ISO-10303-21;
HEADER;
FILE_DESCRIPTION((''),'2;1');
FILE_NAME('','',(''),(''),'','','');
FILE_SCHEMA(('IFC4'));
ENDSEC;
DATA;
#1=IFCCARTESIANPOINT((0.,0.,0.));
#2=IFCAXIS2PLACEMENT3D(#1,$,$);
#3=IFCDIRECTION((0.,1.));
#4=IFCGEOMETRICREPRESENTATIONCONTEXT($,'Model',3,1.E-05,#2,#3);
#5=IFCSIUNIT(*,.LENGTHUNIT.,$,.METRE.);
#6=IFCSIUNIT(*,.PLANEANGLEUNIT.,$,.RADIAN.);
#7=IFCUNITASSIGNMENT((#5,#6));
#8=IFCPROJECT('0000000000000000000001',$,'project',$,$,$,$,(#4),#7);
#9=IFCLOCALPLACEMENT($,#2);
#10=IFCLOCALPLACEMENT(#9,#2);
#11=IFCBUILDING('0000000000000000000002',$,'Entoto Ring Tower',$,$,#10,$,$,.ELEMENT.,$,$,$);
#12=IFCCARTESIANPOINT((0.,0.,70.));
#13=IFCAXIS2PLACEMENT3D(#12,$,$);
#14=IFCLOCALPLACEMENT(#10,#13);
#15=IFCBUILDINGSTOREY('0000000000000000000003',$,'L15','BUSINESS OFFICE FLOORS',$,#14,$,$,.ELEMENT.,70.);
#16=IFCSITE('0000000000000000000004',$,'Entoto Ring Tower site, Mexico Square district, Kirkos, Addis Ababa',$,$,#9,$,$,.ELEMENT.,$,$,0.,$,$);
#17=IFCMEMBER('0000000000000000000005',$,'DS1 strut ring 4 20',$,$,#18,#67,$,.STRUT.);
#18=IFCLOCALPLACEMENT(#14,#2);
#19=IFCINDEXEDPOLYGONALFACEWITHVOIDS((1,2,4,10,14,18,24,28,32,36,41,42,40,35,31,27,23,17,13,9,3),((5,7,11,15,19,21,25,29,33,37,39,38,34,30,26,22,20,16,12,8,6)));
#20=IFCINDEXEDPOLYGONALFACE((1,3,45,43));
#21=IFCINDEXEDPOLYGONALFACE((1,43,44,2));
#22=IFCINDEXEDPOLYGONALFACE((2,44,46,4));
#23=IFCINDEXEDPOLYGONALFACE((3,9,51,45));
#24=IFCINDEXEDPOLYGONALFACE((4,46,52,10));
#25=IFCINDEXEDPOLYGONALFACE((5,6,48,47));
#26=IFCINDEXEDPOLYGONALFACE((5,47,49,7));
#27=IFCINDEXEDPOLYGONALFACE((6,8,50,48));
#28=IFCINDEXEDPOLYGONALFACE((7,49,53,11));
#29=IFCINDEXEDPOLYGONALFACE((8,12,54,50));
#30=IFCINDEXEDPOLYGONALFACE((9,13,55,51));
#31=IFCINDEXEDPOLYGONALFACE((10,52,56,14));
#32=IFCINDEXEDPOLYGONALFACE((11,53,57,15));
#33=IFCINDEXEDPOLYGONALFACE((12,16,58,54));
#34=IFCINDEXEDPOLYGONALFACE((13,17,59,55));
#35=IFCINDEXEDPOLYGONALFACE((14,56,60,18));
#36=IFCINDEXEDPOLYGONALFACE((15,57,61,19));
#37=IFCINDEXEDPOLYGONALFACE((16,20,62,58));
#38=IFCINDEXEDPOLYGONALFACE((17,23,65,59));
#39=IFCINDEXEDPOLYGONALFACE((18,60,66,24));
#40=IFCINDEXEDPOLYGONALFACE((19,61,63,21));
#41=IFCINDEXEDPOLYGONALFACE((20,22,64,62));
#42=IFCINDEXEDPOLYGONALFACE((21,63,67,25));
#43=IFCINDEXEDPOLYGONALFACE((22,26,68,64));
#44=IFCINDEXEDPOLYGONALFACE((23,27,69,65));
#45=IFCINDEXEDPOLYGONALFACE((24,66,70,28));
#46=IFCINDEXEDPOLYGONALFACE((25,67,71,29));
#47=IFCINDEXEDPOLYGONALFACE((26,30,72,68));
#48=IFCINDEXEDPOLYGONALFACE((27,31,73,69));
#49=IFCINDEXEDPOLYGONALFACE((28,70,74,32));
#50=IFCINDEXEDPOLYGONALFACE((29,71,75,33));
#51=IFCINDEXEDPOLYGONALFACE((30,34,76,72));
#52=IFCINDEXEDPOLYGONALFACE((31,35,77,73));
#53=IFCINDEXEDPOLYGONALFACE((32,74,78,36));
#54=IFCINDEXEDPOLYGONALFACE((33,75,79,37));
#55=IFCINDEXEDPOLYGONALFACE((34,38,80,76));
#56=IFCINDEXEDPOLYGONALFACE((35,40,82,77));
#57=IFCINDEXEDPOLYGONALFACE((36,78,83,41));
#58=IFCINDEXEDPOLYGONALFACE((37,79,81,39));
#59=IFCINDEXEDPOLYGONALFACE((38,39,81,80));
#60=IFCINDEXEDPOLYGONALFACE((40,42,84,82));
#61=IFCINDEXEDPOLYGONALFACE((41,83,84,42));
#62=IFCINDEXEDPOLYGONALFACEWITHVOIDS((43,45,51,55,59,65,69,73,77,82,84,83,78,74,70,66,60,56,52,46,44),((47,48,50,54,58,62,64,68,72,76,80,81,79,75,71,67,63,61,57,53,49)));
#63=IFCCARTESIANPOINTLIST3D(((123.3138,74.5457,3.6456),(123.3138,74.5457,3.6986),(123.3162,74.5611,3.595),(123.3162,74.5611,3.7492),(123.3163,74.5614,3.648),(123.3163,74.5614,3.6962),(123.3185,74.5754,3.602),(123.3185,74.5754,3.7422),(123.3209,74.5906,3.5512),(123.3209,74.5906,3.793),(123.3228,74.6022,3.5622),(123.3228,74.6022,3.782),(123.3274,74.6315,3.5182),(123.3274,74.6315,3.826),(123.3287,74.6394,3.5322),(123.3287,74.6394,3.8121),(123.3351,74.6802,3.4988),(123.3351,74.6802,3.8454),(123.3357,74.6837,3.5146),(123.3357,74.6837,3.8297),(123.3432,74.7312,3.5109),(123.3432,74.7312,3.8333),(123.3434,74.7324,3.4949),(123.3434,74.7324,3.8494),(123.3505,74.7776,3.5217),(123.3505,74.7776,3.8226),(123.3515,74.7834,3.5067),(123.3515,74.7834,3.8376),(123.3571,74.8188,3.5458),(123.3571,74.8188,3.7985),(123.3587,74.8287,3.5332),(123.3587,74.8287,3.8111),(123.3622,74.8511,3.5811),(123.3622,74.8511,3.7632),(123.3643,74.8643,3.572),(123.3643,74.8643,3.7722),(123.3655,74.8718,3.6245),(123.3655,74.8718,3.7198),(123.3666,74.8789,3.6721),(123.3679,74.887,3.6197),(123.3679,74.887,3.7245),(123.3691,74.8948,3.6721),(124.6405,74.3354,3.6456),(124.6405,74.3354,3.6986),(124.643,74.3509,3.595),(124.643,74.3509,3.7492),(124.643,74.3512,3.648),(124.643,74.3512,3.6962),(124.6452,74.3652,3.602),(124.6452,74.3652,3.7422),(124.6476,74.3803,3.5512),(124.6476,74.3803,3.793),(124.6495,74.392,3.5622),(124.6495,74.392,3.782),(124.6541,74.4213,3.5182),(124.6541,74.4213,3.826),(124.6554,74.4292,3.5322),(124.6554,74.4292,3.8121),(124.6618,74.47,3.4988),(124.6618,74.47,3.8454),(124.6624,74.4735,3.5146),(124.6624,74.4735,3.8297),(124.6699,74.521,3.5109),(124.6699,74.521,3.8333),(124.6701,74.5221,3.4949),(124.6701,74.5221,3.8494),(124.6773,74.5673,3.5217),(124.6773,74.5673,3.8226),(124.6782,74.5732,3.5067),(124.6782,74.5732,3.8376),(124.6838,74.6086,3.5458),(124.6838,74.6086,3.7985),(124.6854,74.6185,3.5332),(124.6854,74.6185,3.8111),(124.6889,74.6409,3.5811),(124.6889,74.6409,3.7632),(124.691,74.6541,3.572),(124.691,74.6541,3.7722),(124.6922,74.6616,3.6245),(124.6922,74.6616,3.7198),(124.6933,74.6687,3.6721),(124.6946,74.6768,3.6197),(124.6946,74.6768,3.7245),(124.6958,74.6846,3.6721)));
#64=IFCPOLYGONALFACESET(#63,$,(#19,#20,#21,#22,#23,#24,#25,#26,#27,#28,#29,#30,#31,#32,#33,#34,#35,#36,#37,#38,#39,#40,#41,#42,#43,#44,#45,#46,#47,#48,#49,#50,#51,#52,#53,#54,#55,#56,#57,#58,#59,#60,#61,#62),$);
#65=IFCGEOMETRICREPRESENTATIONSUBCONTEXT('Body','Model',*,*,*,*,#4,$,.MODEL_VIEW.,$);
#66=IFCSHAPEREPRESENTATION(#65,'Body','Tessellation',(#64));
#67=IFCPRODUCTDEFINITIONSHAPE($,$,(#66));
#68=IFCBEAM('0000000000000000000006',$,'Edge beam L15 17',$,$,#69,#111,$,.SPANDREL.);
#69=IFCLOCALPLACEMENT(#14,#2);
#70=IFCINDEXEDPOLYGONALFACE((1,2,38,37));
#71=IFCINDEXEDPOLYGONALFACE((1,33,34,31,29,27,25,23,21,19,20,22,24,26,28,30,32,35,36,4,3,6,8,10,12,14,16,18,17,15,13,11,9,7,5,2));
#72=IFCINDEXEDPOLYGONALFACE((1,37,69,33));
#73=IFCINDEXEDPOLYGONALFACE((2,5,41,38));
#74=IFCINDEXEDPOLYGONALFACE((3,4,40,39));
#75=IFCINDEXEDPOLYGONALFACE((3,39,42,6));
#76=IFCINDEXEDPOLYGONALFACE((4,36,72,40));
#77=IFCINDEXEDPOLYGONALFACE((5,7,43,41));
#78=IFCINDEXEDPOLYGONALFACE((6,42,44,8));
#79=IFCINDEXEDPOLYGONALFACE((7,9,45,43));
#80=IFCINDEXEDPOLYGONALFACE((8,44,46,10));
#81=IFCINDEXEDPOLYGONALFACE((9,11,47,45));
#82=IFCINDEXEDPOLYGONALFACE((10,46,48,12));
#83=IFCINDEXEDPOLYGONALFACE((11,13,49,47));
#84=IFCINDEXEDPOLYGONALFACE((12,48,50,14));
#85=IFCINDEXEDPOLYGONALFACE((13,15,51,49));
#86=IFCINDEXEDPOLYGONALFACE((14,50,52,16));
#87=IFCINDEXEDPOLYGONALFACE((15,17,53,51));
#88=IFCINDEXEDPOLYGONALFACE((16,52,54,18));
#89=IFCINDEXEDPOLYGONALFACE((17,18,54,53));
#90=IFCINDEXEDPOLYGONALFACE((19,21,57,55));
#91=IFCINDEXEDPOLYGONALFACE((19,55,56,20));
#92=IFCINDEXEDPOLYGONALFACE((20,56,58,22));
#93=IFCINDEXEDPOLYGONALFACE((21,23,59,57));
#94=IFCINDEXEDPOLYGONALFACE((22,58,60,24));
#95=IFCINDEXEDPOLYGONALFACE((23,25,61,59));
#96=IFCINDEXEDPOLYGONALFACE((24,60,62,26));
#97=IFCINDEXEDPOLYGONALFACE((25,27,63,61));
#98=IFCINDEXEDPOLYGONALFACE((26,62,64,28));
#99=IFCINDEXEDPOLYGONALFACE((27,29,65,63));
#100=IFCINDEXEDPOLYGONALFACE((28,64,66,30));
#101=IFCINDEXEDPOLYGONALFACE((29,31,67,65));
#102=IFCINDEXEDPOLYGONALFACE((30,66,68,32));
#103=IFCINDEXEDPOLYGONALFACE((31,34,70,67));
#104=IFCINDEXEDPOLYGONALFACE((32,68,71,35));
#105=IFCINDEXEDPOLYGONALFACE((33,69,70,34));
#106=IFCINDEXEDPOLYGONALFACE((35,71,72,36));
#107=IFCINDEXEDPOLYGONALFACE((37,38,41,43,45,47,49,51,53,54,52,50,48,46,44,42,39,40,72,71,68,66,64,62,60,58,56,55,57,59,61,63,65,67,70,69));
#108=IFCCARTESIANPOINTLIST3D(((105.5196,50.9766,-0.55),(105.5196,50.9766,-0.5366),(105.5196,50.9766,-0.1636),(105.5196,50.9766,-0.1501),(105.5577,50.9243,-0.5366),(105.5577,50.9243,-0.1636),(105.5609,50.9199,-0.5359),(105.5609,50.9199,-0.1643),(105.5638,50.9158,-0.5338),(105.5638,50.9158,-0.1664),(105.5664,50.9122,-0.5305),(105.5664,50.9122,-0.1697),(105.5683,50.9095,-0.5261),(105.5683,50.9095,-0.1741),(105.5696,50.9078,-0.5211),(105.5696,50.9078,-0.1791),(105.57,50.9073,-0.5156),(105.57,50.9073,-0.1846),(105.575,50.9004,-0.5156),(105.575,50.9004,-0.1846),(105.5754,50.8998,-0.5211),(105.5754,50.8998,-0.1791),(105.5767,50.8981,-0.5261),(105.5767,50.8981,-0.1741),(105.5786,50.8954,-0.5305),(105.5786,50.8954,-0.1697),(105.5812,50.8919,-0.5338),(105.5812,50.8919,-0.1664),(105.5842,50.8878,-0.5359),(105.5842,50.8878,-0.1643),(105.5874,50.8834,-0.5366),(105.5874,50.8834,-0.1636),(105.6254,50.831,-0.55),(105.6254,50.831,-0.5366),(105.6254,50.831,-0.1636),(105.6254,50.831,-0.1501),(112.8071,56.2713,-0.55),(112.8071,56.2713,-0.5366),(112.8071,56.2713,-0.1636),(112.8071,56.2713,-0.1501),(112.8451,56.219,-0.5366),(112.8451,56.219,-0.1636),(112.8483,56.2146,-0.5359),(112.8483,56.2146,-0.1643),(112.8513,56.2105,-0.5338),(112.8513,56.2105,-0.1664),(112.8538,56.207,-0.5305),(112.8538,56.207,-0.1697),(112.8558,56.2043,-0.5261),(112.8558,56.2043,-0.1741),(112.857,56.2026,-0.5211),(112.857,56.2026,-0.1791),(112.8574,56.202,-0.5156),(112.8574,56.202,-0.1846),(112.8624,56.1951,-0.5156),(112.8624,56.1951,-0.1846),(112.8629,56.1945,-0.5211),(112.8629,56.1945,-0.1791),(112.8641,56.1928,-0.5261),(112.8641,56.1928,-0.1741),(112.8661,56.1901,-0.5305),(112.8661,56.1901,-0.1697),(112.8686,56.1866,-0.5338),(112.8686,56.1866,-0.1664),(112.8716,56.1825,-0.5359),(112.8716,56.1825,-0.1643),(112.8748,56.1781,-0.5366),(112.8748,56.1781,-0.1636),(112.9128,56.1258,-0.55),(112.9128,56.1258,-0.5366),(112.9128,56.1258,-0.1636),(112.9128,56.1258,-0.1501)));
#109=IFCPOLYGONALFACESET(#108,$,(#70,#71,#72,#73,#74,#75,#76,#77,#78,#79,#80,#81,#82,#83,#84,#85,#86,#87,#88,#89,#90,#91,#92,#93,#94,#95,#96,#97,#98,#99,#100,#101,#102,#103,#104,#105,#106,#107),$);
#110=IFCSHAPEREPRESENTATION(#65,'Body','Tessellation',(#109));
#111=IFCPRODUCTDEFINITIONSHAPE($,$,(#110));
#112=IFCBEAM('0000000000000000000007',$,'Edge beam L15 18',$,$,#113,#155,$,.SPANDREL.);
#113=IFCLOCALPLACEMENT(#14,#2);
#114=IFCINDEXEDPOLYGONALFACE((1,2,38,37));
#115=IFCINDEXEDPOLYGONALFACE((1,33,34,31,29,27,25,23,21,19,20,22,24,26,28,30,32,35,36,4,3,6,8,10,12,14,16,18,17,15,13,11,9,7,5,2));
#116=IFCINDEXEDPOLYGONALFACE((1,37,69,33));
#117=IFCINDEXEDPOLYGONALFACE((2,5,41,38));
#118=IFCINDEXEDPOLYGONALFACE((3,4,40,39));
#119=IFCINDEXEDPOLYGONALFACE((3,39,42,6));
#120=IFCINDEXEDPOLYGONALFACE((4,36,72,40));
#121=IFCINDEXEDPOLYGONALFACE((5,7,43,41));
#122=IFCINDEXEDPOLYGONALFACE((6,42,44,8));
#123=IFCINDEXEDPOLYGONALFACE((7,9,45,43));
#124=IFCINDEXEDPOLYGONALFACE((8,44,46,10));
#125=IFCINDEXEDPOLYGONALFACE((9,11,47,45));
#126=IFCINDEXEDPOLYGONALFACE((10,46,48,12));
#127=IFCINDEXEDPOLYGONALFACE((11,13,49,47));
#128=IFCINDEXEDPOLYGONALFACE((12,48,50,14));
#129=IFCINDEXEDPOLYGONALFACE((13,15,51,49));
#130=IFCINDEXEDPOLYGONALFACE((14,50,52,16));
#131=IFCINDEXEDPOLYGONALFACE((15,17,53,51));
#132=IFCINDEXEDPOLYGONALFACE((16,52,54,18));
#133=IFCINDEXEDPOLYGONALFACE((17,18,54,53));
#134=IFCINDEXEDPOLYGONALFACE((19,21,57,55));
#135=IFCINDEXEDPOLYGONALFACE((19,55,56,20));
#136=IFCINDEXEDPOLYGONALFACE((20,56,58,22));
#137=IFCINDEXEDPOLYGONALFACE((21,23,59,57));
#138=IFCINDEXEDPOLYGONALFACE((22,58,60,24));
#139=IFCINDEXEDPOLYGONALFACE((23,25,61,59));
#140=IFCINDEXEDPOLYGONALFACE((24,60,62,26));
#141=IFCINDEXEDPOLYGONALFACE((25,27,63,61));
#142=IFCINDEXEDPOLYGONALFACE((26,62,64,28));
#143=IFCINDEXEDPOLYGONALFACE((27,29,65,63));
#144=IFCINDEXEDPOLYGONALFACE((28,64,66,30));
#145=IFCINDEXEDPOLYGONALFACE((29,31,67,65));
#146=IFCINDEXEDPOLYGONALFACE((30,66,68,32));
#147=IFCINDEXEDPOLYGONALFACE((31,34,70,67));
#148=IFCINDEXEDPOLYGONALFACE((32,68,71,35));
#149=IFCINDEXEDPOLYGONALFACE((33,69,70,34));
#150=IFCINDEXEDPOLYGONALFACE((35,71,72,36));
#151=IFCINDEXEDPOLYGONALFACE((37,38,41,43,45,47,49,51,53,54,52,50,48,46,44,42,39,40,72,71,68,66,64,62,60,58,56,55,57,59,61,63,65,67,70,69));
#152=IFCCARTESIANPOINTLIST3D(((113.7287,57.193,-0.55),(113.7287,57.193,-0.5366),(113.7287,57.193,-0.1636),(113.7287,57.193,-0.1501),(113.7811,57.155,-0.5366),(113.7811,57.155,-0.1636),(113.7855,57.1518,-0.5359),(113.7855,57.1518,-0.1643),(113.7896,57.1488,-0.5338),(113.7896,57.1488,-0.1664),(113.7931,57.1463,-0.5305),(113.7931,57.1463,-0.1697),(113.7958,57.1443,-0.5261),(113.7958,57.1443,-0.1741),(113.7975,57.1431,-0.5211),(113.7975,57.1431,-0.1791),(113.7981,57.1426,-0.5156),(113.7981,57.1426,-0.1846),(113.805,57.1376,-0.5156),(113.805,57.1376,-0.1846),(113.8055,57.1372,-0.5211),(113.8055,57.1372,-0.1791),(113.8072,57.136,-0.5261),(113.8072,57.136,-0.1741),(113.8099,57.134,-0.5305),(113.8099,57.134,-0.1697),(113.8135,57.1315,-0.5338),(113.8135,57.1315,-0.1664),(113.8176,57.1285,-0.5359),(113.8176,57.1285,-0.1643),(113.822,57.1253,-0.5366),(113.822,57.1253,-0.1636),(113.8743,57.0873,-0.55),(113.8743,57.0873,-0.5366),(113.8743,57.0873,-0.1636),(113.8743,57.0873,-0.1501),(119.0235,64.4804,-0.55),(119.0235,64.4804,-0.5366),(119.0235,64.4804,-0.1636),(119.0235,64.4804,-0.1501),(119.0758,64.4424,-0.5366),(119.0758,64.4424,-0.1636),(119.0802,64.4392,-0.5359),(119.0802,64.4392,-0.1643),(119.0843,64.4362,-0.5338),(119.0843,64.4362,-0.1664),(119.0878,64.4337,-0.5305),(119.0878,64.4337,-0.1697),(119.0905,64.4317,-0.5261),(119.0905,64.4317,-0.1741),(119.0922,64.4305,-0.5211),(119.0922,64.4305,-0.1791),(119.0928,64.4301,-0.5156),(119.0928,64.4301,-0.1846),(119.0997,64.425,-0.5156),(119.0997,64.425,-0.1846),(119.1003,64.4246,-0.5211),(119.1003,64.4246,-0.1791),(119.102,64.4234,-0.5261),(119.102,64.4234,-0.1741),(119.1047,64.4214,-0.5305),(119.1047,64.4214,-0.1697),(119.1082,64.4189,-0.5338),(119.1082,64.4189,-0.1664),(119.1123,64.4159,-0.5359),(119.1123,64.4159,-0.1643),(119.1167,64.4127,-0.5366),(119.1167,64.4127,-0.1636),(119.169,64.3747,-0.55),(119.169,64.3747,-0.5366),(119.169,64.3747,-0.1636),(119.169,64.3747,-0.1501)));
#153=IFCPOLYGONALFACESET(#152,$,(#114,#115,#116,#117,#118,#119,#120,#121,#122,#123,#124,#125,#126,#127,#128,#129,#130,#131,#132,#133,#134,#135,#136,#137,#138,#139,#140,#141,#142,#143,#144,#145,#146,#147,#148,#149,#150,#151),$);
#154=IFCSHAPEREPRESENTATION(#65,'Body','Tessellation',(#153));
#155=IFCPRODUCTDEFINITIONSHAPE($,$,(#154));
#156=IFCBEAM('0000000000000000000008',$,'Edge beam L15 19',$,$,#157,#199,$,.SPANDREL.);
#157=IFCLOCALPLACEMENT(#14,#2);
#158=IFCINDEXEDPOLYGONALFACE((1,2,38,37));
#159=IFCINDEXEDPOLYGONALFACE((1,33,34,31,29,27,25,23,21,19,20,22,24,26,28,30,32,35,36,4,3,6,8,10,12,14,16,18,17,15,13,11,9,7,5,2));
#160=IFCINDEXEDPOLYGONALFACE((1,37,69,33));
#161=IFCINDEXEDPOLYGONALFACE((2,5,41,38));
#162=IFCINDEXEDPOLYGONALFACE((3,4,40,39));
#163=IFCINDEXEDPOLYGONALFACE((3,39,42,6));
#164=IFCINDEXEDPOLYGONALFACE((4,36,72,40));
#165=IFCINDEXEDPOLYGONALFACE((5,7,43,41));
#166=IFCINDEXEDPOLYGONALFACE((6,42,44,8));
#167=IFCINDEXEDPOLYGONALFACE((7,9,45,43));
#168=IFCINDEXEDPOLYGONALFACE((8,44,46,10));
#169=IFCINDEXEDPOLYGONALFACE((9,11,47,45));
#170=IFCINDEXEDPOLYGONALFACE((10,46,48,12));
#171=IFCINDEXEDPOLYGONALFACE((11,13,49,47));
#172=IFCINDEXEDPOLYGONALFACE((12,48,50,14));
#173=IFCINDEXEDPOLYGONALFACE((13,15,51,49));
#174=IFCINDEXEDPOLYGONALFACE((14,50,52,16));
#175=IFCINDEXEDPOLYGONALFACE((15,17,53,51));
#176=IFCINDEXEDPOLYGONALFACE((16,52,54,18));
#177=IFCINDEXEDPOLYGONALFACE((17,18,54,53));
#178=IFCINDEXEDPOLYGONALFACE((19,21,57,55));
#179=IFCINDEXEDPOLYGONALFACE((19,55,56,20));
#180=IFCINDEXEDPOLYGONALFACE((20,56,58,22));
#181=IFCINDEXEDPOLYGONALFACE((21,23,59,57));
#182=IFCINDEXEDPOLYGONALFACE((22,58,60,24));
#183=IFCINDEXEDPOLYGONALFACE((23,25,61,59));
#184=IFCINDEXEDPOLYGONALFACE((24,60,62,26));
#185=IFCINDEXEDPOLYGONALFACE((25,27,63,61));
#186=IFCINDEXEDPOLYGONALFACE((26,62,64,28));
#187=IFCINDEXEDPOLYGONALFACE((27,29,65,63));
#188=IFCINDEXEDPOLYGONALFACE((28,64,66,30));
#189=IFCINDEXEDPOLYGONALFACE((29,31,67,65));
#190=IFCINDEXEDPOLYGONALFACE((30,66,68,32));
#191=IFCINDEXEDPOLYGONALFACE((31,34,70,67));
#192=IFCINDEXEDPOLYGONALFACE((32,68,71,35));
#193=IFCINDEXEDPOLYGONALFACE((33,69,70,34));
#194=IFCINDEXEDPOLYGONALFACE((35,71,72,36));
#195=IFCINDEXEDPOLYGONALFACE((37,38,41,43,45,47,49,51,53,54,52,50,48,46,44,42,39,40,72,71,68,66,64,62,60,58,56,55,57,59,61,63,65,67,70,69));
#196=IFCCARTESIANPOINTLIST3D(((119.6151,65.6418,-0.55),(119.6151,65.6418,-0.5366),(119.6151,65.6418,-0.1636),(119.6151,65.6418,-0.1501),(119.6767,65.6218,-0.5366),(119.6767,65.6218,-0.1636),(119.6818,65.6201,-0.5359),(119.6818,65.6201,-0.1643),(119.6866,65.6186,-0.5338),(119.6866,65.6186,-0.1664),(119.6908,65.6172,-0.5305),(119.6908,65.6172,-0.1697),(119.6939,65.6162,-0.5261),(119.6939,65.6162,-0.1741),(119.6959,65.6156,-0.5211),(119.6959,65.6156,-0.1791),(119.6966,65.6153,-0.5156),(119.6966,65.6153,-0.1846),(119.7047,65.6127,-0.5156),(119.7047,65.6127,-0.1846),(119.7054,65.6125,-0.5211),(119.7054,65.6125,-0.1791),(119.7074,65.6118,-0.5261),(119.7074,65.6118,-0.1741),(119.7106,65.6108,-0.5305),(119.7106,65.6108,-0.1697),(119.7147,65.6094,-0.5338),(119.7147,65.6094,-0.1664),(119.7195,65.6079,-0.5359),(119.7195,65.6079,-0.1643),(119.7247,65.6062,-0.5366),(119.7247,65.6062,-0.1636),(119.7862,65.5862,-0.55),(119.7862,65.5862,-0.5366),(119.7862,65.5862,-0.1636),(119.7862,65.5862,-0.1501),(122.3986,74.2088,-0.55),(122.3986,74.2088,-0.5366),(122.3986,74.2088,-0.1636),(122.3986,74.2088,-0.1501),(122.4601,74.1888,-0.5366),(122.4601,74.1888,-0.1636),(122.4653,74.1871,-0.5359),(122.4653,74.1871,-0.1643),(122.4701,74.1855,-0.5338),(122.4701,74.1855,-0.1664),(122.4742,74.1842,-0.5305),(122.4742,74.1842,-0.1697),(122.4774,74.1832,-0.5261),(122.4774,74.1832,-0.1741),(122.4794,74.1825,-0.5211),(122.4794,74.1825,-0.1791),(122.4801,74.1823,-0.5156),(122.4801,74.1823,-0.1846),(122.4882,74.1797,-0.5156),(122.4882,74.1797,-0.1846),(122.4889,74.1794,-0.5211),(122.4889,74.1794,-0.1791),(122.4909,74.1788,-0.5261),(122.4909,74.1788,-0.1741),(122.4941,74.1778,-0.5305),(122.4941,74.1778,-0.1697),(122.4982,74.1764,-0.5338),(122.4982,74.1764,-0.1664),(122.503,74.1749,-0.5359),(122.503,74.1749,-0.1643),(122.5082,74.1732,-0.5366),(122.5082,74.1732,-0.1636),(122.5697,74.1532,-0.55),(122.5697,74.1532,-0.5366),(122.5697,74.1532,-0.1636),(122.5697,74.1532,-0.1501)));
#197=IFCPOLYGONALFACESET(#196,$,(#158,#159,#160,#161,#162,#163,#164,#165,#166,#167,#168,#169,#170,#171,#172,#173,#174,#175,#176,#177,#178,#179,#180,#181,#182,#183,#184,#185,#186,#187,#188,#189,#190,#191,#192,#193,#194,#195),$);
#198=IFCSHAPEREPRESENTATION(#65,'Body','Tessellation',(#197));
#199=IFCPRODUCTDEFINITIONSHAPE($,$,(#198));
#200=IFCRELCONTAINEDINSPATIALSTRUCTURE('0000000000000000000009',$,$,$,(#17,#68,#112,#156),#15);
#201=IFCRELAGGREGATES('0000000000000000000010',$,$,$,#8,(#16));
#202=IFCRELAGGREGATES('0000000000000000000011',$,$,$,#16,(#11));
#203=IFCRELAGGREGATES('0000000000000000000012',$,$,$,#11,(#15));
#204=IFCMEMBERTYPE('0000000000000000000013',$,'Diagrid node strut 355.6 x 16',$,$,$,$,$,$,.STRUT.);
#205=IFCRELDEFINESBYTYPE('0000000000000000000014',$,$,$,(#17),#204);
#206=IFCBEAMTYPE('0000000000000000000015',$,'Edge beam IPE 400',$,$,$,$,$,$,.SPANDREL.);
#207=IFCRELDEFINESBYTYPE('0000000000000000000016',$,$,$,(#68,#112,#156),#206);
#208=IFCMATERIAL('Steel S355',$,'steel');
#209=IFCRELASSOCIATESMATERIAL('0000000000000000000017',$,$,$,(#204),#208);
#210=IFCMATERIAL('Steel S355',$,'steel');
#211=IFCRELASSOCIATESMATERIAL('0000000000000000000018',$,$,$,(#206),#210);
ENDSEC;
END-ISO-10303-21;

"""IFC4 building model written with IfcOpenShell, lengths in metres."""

from ifc_helpers import new_model, si_unit, direction, frame, origin, origin_2d, place, context, subcontext, project, spatial, circle, hollow_circle, i_section, extrude, material, material_profile, profile_set, type_object, element, save


model = new_model("IFC4")

# Units and contexts
model_context = context("Model", 3, precision=1e-05, world=origin(), true_north=direction((0.0, 1.0)))
body_context = subcontext(model_context, "Body", "Model", "MODEL_VIEW")
ifc_project = project(units=[si_unit("LENGTHUNIT", "METRE"), si_unit("PLANEANGLEUNIT", "RADIAN")], contexts=[model_context])

# Site, building, storey
site_placement = place(None, origin())
site = spatial("IfcSite", under=ifc_project, at=site_placement, Name="Entoto Ring Tower site, Mexico Square district, Kirkos, Addis Ababa", CompositionType="ELEMENT", RefElevation=0.0)
building_placement = place(site_placement, origin())
building = spatial("IfcBuilding", under=site, at=building_placement, Name="Entoto Ring Tower", CompositionType="ELEMENT")
storey_placement = place(building_placement, frame((0.0, 0.0, 70.0)))
storey = spatial("IfcBuildingStorey", under=building, at=storey_placement, Name="L15", Description="BUSINESS OFFICE FLOORS", CompositionType="ELEMENT", Elevation=70.0)

# Member
ifc_material_1 = material(Name="Steel S355", Category="steel")
ifc_material_profile_1 = material_profile(ifc_material_1, hollow_circle(Radius=0.1777, WallThickness=0.0161, at=origin_2d()), Name="CHS 355.6 x 16")
ifc_material_2 = material(Name="Concrete C60/75", Category="concrete")
ifc_material_profile_2 = material_profile(ifc_material_2, circle(Radius=0.1619, at=origin_2d()), Name="Concrete C60/75 infill")
ifc_profile_set_1 = profile_set([ifc_material_profile_1, ifc_material_profile_2], Name="Steel S355")
member_type = type_object("IfcMemberType", Name="Diagrid node strut 355.6 x 16", PredefinedType="STRUT", material=ifc_profile_set_1)
member_1_placement = place(storey_placement, frame((123.3413, 74.7192, 3.6721), z_axis=(0.987679, -0.156495, 0.0), x_axis=(0.156495, 0.987679, 0.0)))
element("IfcMember", 1, at=member_1_placement, inside=storey, type_object=member_type, Name="DS1 strut ring 4 20", PredefinedType="STRUT", context=body_context, shape_type="SweptSolid", body=[
    extrude(hollow_circle(Radius=0.1777, WallThickness=0.0161, at=origin_2d()), origin(), (0.0, 0.0, 1.0), 1.3433),
])

# Beams
ifc_material_3 = material(Name="Steel S355", Category="steel")
ifc_material_profile_3 = material_profile(ifc_material_3, i_section(OverallWidth=0.1799, OverallDepth=0.3999, WebThickness=0.0085, FlangeThickness=0.0134, FilletRadius=0.021, at=origin_2d()), Name="IPE 400")
ifc_profile_set_2 = profile_set([ifc_material_profile_3], Name="Steel S355")
beam_type_1 = type_object("IfcBeamType", Name="Edge beam IPE 400", PredefinedType="SPANDREL", material=ifc_profile_set_2)
for number, where, z_axis, x_axis, name in (
    (2, (105.5725, 50.9038, -0.3501), (0.809011, 0.587793, 0.0), (-0.587793, 0.809011, 0.0), "Edge beam L15 17"),
    (3, (113.8015, 57.1401, -0.3501), (0.587793, 0.809011, 0.0), (-0.809011, 0.587793, 0.0), "Edge beam L15 18"),
    (4, (119.7007, 65.614, -0.3501), (0.309006, 0.95106, 0.0), (-0.95106, 0.309006, 0.0), "Edge beam L15 19"),
):
    element("IfcBeam", number, at=place(storey_placement, frame(where, z_axis=z_axis, x_axis=x_axis)), inside=storey, type_object=beam_type_1, Name=name, PredefinedType="SPANDREL", context=body_context, shape_type="SweptSolid", body=[
        extrude(i_section(OverallWidth=0.1799, OverallDepth=0.3999, WebThickness=0.0085, FlangeThickness=0.0134, FilletRadius=0.021, at=origin_2d()), origin(), (0.0, 0.0, 1.0), 9.0078),
    ])

save(model, "model.ifc")
